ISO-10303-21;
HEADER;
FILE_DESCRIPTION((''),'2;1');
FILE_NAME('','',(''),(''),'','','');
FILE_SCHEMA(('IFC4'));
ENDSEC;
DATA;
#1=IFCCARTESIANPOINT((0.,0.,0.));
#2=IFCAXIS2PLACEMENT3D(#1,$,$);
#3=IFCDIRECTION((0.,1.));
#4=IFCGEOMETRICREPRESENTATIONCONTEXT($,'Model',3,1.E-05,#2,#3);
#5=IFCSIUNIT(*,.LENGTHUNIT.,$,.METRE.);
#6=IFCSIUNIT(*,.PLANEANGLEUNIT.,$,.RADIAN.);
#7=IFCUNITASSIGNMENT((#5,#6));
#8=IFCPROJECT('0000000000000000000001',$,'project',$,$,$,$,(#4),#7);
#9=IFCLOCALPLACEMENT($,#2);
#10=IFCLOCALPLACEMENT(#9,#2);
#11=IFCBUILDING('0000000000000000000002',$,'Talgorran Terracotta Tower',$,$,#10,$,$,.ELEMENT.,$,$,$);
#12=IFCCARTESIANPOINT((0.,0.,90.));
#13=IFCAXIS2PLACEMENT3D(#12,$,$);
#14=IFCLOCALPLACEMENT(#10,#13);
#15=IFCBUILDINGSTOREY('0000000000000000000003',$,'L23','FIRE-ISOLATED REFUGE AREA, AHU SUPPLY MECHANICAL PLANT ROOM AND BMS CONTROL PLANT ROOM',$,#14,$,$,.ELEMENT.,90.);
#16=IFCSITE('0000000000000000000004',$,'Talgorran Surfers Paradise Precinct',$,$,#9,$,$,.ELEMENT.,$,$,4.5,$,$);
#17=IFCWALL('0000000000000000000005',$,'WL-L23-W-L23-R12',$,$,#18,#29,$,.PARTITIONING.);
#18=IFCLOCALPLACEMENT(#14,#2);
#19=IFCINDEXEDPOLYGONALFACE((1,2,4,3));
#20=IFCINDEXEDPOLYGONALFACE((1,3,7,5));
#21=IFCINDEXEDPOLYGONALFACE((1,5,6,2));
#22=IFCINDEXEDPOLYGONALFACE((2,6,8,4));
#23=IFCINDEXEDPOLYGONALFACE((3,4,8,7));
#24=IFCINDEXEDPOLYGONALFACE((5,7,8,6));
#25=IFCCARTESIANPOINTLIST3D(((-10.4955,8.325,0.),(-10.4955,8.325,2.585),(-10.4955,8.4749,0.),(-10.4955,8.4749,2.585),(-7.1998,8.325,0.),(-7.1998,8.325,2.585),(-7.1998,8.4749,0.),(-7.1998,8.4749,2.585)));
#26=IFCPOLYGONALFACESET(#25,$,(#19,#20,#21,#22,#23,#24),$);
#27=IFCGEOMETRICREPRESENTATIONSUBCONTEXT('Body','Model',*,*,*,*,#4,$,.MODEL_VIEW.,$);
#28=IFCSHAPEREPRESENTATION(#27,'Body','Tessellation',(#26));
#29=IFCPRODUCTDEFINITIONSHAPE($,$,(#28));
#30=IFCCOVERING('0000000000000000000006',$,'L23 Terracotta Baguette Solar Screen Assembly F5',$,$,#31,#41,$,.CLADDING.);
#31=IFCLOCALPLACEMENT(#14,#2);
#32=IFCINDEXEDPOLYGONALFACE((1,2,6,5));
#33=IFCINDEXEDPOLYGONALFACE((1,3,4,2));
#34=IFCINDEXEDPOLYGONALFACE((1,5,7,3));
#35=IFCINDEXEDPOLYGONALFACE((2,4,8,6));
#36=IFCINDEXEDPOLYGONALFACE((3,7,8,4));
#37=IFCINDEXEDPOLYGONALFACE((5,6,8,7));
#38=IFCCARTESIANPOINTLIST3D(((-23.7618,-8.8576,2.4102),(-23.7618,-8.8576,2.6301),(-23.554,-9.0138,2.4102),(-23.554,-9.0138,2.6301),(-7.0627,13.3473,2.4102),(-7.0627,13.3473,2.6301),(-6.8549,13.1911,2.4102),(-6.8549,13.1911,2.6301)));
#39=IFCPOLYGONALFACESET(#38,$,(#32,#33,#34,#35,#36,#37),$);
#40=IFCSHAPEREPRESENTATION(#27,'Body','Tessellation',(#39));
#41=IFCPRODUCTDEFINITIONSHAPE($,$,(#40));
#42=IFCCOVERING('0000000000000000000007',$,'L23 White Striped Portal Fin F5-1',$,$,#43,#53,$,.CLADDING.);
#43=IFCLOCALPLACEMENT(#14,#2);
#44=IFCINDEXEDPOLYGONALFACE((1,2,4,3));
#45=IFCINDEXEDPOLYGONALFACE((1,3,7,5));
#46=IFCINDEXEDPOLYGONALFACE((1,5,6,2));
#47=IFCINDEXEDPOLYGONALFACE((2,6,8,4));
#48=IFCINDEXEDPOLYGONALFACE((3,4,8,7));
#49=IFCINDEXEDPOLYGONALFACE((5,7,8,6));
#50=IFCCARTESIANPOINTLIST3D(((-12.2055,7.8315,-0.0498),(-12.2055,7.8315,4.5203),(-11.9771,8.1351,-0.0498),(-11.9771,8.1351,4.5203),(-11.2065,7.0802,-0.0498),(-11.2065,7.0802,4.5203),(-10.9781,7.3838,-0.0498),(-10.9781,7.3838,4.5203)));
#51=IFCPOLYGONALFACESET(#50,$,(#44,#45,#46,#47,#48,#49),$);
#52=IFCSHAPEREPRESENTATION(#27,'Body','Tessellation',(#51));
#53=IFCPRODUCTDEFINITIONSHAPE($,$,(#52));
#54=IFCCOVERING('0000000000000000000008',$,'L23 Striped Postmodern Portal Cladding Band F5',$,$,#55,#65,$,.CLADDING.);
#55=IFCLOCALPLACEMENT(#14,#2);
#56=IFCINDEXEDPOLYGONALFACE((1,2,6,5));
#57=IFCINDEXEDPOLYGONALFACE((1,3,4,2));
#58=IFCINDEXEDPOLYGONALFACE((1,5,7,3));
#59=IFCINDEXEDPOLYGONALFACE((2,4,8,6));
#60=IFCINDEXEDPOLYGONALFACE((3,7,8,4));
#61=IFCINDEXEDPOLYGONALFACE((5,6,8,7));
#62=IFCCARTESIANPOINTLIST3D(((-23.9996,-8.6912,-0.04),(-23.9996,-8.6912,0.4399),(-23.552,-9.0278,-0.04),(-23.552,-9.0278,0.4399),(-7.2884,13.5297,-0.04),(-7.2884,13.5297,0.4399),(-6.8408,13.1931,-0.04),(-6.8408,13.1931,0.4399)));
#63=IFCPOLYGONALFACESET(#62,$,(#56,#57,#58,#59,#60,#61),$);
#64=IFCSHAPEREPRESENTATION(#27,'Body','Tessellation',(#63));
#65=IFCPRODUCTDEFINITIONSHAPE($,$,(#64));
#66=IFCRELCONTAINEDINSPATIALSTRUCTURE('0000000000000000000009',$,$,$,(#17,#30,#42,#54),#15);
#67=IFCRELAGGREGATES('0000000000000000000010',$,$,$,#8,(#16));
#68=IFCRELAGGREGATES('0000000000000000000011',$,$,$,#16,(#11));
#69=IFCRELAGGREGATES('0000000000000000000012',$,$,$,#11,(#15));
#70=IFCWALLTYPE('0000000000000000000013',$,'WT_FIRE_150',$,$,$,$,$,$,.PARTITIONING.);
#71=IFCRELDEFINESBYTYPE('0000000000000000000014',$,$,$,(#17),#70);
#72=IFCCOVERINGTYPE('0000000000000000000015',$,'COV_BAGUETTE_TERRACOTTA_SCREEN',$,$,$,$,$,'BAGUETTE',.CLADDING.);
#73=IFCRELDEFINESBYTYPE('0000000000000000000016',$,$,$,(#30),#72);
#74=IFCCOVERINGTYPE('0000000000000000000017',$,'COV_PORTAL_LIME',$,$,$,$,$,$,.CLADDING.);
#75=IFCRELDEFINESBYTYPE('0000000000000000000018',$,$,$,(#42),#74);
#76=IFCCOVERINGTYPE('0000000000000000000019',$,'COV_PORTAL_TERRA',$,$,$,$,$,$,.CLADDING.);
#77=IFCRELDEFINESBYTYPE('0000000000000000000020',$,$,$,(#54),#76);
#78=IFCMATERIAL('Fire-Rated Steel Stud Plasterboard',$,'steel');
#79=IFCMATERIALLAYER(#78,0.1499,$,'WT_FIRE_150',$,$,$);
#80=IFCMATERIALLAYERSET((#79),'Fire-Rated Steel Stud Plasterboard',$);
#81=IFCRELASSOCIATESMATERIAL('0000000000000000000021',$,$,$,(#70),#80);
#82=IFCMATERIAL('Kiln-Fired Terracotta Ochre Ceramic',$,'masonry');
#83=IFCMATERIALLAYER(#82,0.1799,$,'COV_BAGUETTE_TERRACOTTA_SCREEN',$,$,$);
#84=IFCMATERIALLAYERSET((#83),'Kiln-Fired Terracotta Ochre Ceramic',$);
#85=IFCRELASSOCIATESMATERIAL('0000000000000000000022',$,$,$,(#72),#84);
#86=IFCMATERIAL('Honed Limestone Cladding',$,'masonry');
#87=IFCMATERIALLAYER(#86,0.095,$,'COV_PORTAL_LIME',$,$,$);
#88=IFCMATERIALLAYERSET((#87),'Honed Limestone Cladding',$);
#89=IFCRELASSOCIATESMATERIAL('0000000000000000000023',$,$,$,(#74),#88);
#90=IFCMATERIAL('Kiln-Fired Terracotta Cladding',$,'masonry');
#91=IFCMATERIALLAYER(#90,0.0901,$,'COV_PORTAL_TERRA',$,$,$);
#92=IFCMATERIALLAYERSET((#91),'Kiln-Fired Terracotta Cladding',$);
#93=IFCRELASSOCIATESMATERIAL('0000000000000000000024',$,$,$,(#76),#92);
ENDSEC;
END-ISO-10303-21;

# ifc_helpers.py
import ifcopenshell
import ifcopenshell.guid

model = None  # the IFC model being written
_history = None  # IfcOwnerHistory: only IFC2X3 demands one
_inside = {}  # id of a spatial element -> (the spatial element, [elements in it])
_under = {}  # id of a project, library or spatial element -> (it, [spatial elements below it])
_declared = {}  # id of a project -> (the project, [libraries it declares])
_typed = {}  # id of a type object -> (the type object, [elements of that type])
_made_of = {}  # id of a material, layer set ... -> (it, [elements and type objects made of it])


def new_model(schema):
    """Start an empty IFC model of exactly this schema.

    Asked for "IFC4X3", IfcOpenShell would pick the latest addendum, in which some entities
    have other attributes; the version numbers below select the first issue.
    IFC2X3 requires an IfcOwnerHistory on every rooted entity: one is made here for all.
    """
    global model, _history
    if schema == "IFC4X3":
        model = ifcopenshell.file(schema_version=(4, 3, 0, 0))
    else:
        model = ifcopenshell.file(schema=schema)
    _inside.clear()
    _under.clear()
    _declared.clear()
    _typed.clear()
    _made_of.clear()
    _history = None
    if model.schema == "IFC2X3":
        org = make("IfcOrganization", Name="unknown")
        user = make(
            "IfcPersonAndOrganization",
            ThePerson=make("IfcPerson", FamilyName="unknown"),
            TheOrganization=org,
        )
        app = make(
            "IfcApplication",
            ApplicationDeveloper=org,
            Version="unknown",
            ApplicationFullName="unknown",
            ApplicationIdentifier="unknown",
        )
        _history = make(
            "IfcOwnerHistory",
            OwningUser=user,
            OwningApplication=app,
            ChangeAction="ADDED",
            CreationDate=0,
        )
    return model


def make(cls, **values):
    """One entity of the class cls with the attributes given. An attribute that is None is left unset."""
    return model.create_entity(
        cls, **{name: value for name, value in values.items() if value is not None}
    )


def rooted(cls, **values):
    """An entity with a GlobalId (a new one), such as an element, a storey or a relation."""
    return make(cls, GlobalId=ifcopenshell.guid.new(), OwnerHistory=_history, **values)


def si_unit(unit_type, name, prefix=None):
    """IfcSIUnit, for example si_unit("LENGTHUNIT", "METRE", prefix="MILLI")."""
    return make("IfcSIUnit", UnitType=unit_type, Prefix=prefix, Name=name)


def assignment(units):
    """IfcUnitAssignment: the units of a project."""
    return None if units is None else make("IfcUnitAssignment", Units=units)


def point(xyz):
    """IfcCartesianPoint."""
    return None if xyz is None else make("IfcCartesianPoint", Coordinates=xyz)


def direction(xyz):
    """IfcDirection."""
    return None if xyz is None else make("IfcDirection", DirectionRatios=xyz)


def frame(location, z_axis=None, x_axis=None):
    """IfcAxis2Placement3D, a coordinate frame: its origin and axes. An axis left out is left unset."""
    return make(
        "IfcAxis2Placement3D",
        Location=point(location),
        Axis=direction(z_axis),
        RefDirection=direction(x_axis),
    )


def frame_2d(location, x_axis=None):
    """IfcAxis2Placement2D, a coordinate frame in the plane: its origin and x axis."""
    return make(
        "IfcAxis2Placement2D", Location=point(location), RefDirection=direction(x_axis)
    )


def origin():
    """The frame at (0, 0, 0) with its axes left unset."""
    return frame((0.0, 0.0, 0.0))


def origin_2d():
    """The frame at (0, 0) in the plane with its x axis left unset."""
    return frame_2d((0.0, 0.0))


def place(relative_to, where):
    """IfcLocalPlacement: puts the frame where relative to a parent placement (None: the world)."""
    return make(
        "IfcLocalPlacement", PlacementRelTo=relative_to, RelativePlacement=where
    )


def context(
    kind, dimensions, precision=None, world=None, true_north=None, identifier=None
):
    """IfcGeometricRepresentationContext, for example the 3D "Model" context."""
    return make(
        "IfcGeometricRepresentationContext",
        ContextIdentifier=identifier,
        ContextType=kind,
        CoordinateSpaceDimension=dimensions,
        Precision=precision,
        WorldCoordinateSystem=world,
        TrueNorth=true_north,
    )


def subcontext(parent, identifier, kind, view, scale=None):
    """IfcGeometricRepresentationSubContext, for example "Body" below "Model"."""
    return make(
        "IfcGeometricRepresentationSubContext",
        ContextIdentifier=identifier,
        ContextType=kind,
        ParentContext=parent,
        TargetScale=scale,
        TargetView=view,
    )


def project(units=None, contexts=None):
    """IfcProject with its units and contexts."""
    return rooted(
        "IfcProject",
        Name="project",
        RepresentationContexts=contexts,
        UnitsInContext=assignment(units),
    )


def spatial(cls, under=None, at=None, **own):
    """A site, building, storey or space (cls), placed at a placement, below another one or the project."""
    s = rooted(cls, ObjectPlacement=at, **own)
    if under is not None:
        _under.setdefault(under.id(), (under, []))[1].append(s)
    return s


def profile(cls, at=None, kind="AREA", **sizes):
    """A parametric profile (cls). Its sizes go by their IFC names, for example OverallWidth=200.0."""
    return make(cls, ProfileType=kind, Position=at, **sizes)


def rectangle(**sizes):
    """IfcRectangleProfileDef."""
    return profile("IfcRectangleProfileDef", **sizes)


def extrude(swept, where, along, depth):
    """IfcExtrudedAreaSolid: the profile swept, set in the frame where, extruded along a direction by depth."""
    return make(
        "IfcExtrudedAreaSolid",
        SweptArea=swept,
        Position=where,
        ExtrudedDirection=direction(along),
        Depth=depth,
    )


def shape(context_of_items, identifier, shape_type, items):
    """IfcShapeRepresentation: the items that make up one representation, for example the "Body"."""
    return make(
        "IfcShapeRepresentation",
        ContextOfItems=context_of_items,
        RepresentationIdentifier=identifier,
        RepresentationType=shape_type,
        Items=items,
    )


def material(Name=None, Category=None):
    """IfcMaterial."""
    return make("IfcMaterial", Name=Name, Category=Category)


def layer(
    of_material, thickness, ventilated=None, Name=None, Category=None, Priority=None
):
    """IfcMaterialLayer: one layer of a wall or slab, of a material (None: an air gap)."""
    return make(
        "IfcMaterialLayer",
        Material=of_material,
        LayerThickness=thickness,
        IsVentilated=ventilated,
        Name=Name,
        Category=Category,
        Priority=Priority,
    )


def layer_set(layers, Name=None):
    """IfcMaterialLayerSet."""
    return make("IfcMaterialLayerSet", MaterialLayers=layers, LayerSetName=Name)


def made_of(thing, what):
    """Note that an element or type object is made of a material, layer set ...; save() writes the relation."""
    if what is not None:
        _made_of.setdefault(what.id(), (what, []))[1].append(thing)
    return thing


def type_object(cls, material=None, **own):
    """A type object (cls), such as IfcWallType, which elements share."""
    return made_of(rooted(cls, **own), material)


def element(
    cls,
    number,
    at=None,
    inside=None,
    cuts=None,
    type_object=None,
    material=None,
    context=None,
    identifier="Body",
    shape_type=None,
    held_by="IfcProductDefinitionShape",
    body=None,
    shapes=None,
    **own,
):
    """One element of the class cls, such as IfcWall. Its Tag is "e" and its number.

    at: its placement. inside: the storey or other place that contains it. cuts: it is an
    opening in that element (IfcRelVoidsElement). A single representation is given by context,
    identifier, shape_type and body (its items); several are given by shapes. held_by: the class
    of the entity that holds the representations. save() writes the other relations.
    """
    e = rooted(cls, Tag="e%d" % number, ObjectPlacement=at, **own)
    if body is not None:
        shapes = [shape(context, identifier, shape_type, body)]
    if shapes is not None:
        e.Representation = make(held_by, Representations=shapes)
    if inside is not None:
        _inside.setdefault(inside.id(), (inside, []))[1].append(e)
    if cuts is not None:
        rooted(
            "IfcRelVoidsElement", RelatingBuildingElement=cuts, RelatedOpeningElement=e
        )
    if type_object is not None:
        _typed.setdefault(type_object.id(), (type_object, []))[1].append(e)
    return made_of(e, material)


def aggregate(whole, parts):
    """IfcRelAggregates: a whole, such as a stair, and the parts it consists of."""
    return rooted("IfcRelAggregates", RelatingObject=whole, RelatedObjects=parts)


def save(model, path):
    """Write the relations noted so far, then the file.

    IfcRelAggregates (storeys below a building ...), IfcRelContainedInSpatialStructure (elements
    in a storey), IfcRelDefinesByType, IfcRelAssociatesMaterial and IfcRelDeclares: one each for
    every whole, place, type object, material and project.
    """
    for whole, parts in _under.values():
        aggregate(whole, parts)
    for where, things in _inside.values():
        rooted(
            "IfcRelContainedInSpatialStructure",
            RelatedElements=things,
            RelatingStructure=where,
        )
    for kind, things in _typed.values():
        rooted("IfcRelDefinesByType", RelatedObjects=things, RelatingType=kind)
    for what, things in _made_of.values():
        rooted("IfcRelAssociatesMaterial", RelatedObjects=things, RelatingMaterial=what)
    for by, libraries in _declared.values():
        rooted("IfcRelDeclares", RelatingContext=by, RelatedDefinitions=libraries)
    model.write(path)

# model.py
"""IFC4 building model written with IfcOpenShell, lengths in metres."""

from ifc_helpers import new_model, si_unit, direction, frame, frame_2d, origin, origin_2d, place, context, subcontext, project, spatial, rectangle, extrude, material, layer, layer_set, type_object, element, save


model = new_model("IFC4")

# Units and contexts
model_context = context("Model", 3, precision=1e-05, world=origin(), true_north=direction((0.0, 1.0)))
body_context = subcontext(model_context, "Body", "Model", "MODEL_VIEW")
ifc_project = project(units=[si_unit("LENGTHUNIT", "METRE"), si_unit("PLANEANGLEUNIT", "RADIAN")], contexts=[model_context])

# Site, building, storey
site_placement = place(None, origin())
site = spatial("IfcSite", under=ifc_project, at=site_placement, Name="Talgorran Surfers Paradise Precinct", CompositionType="ELEMENT", RefElevation=4.5)
building_placement = place(site_placement, origin())
building = spatial("IfcBuilding", under=site, at=building_placement, Name="Talgorran Terracotta Tower", CompositionType="ELEMENT")
storey_placement = place(building_placement, frame((0.0, 0.0, 90.0)))
storey = spatial("IfcBuildingStorey", under=building, at=storey_placement, Name="L23", Description="FIRE-ISOLATED REFUGE AREA, AHU SUPPLY MECHANICAL PLANT ROOM AND BMS CONTROL PLANT ROOM", CompositionType="ELEMENT", Elevation=90.0)

# Wall
ifc_material_1 = material(Name="Fire-Rated Steel Stud Plasterboard", Category="steel")
ifc_layer_1 = layer(ifc_material_1, 0.1499, Name="WT_FIRE_150")
ifc_layer_set_1 = layer_set([ifc_layer_1], Name="Fire-Rated Steel Stud Plasterboard")
wall_type = type_object("IfcWallType", Name="WT_FIRE_150", PredefinedType="PARTITIONING", material=ifc_layer_set_1)
wall_placement = place(storey_placement, frame((-10.4956, 8.3999, 0.0), z_axis=(0.0, 0.0, 1.0), x_axis=(1.0, 0.0, 0.0)))
element("IfcWall", 1, at=wall_placement, inside=storey, type_object=wall_type, Name="WL-L23-W-L23-R12", PredefinedType="PARTITIONING", context=body_context, shape_type="SweptSolid", body=[
    extrude(rectangle(XDim=3.2957, YDim=0.1499, at=frame_2d((1.6479, 0.0))), origin(), (0.0, 0.0, 1.0), 2.585),
])

# Coverings
ifc_material_2 = material(Name="Kiln-Fired Terracotta Ochre Ceramic", Category="masonry")
ifc_layer_2 = layer(ifc_material_2, 0.1799, Name="COV_BAGUETTE_TERRACOTTA_SCREEN")
ifc_layer_set_2 = layer_set([ifc_layer_2], Name="Kiln-Fired Terracotta Ochre Ceramic")
covering_type_1 = type_object("IfcCoveringType", Name="COV_BAGUETTE_TERRACOTTA_SCREEN", ElementType="BAGUETTE", PredefinedType="CLADDING", material=ifc_layer_set_2)
covering_1_placement = place(storey_placement, frame((-15.3083, 2.1667, 2.4102), z_axis=(0.0, 0.0, 1.0), x_axis=(-0.601048, -0.799213, 0.0)))
element("IfcCovering", 2, at=covering_1_placement, inside=storey, type_object=covering_type_1, Name="L23 Terracotta Baguette Solar Screen Assembly F5", PredefinedType="CLADDING", context=body_context, shape_type="SweptSolid", body=[
    extrude(rectangle(XDim=27.7834, YDim=0.26, at=origin_2d()), origin(), (0.0, 0.0, 1.0), 0.22),
])
ifc_material_3 = material(Name="Honed Limestone Cladding", Category="masonry")
ifc_layer_3 = layer(ifc_material_3, 0.095, Name="COV_PORTAL_LIME")
ifc_layer_set_3 = layer_set([ifc_layer_3], Name="Honed Limestone Cladding")
covering_type_2 = type_object("IfcCoveringType", Name="COV_PORTAL_LIME", PredefinedType="CLADDING", material=ifc_layer_set_3)
covering_2_placement = place(storey_placement, frame((-11.5918, 7.6077, -0.0498), z_axis=(0.0, 0.0, 1.0), x_axis=(-0.601048, -0.799213, 0.0)))
element("IfcCovering", 3, at=covering_2_placement, inside=storey, type_object=covering_type_2, Name="L23 White Striped Portal Fin F5-1", PredefinedType="CLADDING", context=body_context, shape_type="SweptSolid", body=[
    extrude(rectangle(XDim=0.3799, YDim=1.25, at=origin_2d()), origin(), (0.0, 0.0, 1.0), 4.5701),
])
ifc_material_4 = material(Name="Kiln-Fired Terracotta Cladding", Category="masonry")
ifc_layer_4 = layer(ifc_material_4, 0.0901, Name="COV_PORTAL_TERRA")
ifc_layer_set_4 = layer_set([ifc_layer_4], Name="Kiln-Fired Terracotta Cladding")
covering_type_3 = type_object("IfcCoveringType", Name="COV_PORTAL_TERRA", PredefinedType="CLADDING", material=ifc_layer_set_4)
covering_3_placement = place(storey_placement, frame((-15.4202, 2.251, -0.04), z_axis=(0.0, 0.0, 1.0), x_axis=(-0.601048, -0.799213, 0.0)))
element("IfcCovering", 4, at=covering_3_placement, inside=storey, type_object=covering_type_3, Name="L23 Striped Postmodern Portal Cladding Band F5", PredefinedType="CLADDING", context=body_context, shape_type="SweptSolid", body=[
    extrude(rectangle(XDim=27.8035, YDim=0.5601, at=origin_2d()), origin(), (0.0, 0.0, 1.0), 0.48),
])

save(model, "model.ifc")
